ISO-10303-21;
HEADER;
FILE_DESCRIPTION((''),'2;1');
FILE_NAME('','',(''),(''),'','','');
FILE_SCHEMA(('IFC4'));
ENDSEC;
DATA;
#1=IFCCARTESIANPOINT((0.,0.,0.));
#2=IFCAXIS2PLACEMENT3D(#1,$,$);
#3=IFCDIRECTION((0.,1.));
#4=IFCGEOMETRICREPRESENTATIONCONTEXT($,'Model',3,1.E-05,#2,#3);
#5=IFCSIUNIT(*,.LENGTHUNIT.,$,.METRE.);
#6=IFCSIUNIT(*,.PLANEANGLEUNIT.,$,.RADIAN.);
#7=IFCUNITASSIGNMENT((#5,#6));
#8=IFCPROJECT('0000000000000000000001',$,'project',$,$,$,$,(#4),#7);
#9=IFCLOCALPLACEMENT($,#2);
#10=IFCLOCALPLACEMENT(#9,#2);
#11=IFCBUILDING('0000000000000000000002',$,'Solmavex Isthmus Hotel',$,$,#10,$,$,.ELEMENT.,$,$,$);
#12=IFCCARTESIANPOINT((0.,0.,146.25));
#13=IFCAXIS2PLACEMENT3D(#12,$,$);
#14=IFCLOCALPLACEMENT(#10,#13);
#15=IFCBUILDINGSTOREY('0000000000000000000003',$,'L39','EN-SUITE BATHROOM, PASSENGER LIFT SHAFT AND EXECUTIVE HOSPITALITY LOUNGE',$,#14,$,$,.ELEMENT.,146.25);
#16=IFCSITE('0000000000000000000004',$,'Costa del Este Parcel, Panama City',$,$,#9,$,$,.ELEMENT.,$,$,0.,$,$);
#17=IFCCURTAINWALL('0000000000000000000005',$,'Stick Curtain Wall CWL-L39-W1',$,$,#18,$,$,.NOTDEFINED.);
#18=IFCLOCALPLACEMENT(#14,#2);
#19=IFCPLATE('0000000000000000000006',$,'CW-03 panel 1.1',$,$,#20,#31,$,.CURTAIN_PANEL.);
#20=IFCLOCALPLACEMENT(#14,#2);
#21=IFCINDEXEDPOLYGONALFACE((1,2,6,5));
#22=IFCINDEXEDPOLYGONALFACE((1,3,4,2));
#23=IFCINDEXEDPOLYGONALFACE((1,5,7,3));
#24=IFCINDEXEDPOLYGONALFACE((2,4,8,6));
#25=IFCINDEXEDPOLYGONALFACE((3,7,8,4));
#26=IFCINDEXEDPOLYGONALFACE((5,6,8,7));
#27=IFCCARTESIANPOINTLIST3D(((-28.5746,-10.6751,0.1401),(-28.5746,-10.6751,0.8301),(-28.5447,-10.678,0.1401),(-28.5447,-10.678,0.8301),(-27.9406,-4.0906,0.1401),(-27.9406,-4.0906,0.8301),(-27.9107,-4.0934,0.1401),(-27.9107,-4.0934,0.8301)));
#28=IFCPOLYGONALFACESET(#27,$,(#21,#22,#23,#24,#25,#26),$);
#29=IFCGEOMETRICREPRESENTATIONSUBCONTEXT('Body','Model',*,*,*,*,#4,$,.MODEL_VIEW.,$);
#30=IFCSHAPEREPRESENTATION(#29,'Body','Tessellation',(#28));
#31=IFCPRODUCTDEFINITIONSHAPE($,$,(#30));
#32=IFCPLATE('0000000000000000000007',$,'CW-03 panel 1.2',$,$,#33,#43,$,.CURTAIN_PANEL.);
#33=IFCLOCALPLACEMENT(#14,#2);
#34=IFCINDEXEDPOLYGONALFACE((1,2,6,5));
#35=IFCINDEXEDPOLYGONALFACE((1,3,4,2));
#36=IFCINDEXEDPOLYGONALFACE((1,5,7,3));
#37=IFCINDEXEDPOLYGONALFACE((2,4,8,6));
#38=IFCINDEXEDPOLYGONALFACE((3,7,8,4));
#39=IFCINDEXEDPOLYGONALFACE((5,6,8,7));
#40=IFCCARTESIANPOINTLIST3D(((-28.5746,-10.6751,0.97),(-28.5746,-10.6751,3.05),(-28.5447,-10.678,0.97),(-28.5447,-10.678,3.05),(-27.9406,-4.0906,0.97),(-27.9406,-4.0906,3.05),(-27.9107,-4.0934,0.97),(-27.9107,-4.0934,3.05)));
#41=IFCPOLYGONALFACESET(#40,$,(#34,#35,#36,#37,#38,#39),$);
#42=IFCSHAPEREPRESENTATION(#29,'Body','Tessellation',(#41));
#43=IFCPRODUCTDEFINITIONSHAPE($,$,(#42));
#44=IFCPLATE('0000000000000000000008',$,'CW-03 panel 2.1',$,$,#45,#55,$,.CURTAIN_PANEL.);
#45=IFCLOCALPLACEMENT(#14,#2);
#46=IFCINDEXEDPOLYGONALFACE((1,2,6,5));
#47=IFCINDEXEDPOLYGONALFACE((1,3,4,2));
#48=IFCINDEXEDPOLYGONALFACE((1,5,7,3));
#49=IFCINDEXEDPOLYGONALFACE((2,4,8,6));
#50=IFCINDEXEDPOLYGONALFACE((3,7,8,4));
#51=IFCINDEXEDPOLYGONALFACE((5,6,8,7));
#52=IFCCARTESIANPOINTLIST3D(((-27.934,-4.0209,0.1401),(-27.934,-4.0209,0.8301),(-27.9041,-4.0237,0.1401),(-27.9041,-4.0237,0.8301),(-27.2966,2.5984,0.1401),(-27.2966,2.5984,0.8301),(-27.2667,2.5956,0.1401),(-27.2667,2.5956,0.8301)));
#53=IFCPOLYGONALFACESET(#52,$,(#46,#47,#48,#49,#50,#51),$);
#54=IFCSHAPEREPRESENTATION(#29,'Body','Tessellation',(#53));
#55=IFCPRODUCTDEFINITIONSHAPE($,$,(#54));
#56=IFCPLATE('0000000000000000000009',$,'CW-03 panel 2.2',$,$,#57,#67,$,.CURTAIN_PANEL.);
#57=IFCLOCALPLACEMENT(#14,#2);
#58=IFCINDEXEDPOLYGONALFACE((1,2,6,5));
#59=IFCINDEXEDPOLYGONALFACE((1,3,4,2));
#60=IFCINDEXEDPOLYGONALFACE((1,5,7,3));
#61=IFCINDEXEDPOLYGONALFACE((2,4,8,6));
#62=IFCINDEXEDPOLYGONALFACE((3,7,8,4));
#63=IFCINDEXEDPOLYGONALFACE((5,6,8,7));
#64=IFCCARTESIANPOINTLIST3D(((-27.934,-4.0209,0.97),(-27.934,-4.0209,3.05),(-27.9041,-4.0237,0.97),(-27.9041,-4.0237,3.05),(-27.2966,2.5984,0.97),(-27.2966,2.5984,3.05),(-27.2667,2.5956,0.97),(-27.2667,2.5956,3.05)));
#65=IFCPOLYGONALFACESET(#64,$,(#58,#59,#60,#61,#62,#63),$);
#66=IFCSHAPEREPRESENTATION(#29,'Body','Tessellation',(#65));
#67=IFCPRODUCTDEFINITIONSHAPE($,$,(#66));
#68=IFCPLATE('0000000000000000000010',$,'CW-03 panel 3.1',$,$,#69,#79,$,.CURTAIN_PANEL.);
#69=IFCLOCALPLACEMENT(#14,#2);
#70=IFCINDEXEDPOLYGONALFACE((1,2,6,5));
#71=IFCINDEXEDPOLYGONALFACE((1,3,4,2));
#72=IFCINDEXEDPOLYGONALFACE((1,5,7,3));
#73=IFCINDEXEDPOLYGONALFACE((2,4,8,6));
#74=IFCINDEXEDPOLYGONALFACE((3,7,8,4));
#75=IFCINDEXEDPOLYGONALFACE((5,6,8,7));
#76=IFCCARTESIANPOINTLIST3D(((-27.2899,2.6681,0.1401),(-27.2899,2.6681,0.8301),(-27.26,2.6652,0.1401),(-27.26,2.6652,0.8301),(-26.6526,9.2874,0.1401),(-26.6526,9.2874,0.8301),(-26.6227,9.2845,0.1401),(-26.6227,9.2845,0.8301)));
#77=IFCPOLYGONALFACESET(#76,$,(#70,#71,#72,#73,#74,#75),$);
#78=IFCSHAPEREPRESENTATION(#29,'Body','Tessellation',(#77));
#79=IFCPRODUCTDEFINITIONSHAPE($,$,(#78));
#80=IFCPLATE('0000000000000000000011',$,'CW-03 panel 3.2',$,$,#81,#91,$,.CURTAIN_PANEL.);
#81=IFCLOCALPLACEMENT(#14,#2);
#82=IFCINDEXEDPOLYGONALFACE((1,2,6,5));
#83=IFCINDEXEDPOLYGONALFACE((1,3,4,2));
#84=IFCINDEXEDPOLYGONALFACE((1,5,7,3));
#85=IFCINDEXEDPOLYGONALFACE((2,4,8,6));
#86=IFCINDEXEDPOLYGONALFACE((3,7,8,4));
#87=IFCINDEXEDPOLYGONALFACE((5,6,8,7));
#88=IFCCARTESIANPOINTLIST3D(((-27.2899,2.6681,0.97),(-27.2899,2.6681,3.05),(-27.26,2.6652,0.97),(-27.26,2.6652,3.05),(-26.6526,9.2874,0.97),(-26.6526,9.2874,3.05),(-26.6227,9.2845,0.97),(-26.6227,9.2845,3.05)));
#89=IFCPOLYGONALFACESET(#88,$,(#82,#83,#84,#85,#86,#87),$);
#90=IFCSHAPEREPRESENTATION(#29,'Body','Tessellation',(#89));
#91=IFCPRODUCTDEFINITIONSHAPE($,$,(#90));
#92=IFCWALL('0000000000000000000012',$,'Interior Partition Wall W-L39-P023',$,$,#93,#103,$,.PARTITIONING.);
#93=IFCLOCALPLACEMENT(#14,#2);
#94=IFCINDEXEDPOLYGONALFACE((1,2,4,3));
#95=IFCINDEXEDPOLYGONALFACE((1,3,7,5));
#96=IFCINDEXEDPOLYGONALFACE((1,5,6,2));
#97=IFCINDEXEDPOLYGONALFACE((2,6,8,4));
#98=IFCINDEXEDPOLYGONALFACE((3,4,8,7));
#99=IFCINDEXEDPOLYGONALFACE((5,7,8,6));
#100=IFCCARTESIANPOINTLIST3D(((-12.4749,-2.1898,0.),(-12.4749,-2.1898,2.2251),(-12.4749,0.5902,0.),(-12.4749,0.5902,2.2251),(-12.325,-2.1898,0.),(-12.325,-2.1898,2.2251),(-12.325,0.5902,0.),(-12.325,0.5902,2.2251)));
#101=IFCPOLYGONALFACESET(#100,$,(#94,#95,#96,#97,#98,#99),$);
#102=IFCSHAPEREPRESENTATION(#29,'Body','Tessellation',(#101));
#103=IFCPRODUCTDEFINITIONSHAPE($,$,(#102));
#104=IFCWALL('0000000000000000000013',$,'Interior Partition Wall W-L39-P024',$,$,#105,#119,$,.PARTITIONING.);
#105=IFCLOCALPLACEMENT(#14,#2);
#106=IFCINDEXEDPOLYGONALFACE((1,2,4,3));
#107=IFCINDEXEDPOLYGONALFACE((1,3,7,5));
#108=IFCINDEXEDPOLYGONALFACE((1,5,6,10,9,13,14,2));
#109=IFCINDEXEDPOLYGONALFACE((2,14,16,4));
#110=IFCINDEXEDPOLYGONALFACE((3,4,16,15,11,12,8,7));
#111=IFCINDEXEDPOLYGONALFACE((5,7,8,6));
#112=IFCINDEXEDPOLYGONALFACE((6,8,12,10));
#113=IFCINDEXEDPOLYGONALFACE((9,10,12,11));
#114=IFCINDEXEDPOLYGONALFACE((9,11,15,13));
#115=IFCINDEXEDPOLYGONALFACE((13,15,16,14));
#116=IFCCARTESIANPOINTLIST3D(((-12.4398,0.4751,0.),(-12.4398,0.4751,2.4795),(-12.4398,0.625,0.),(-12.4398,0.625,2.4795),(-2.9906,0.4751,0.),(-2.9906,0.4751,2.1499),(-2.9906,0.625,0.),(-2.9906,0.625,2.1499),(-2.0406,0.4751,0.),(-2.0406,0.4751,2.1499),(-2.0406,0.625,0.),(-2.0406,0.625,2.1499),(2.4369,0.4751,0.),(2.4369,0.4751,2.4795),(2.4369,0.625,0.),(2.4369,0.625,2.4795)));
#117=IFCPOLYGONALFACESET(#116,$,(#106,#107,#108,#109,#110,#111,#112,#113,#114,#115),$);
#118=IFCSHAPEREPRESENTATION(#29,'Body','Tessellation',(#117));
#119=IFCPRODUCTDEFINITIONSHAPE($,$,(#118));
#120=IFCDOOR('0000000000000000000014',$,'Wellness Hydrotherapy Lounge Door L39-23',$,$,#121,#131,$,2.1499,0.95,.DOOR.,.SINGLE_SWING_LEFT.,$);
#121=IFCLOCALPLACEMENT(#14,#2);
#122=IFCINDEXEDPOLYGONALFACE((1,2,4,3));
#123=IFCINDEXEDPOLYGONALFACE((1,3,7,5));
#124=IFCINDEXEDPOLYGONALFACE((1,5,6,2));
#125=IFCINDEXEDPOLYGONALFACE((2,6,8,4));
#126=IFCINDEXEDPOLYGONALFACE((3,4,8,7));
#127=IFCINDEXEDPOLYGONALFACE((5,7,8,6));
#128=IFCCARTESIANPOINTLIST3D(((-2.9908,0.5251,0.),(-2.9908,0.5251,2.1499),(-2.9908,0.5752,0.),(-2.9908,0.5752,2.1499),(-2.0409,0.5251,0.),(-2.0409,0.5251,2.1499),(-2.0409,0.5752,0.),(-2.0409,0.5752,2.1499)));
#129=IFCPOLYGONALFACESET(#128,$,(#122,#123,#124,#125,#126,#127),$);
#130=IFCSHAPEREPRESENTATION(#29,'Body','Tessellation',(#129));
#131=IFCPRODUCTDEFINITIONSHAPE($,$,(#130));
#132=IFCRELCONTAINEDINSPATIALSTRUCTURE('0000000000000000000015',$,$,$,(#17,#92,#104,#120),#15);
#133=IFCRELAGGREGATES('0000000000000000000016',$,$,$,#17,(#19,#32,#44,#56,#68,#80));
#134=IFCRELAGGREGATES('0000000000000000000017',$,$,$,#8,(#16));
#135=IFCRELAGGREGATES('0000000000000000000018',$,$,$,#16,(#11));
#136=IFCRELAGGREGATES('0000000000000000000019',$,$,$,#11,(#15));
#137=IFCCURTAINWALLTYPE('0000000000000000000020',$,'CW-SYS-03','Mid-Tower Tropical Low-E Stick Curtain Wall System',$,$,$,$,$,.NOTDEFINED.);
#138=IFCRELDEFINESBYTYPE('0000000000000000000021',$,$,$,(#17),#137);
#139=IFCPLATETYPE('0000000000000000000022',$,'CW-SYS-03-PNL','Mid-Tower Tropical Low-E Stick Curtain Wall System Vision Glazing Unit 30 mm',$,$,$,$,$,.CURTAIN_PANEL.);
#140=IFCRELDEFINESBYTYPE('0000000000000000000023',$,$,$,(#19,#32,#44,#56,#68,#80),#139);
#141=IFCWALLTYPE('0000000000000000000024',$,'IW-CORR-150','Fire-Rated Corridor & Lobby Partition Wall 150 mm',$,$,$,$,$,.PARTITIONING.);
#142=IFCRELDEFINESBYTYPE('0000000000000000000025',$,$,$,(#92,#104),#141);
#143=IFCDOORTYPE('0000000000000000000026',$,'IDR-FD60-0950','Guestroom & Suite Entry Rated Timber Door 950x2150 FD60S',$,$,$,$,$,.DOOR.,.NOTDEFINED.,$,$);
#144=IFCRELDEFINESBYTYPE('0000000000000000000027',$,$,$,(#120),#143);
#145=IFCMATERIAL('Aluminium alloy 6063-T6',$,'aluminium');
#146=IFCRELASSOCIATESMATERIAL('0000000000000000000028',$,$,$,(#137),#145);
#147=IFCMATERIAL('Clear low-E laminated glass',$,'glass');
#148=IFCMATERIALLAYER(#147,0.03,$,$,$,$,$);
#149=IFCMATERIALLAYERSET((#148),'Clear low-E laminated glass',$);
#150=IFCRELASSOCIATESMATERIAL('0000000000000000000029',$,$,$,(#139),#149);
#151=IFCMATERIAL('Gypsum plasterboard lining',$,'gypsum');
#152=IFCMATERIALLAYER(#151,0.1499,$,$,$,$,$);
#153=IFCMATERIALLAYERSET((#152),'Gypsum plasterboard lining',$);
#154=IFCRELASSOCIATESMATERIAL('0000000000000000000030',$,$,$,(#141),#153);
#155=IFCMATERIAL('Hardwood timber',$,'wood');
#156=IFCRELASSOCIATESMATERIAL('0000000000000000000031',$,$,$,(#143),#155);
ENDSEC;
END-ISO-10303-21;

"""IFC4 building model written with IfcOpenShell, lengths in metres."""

from ifc_helpers import new_model, si_unit, direction, frame, frame_2d, origin, origin_2d, place, context, subcontext, project, spatial, rectangle, extrude, material, layer, layer_set, type_object, element, fill, aggregate, save


model = new_model("IFC4")

# Units and contexts
model_context = context("Model", 3, precision=1e-05, world=origin(), true_north=direction((0.0, 1.0)))
body_context = subcontext(model_context, "Body", "Model", "MODEL_VIEW")
ifc_project = project(units=[si_unit("LENGTHUNIT", "METRE"), si_unit("PLANEANGLEUNIT", "RADIAN")], contexts=[model_context])

# Site, building, storey
site_placement = place(None, origin())
site = spatial("IfcSite", under=ifc_project, at=site_placement, Name="Costa del Este Parcel, Panama City", CompositionType="ELEMENT", RefElevation=0.0)
building_placement = place(site_placement, origin())
building = spatial("IfcBuilding", under=site, at=building_placement, Name="Solmavex Isthmus Hotel", CompositionType="ELEMENT")
storey_placement = place(building_placement, frame((0.0, 0.0, 146.25)))
storey = spatial("IfcBuildingStorey", under=building, at=storey_placement, Name="L39", Description="EN-SUITE BATHROOM, PASSENGER LIFT SHAFT AND EXECUTIVE HOSPITALITY LOUNGE", CompositionType="ELEMENT", Elevation=146.25)

# Curtain wall, plates
ifc_material_1 = material(Name="Aluminium alloy 6063-T6", Category="aluminium")
curtain_wall_type = type_object("IfcCurtainWallType", Name="CW-SYS-03", Description="Mid-Tower Tropical Low-E Stick Curtain Wall System", PredefinedType="NOTDEFINED", material=ifc_material_1)
curtain_wall_placement = place(storey_placement, origin())
curtain_wall = element("IfcCurtainWall", 1, at=curtain_wall_placement, inside=storey, type_object=curtain_wall_type, Name="Stick Curtain Wall CWL-L39-W1", PredefinedType="NOTDEFINED")
ifc_material_2 = material(Name="Clear low-E laminated glass", Category="glass")
ifc_layer_1 = layer(ifc_material_2, 0.03)
ifc_layer_set_1 = layer_set([ifc_layer_1], Name="Clear low-E laminated glass")
plate_type = type_object("IfcPlateType", Name="CW-SYS-03-PNL", Description="Mid-Tower Tropical Low-E Stick Curtain Wall System Vision Glazing Unit 30 mm", PredefinedType="CURTAIN_PANEL", material=ifc_layer_set_1)
plate_1_placement = place(storey_placement, frame((-28.2427, -7.3843, 0.1401), z_axis=(0.0, 0.0, 1.0), x_axis=(0.095846, 0.995396, 0.0)))
plate_1 = element("IfcPlate", 2, at=plate_1_placement, type_object=plate_type, Name="CW-03 panel 1.1", PredefinedType="CURTAIN_PANEL", context=body_context, shape_type="SweptSolid", body=[
    extrude(rectangle(XDim=6.615, YDim=0.03, at=origin_2d()), origin(), (0.0, 0.0, 1.0), 0.6899),
])
plate_2_placement = place(storey_placement, frame((-28.2427, -7.3843, 0.97), z_axis=(0.0, 0.0, 1.0), x_axis=(0.095846, 0.995396, 0.0)))
plate_2 = element("IfcPlate", 3, at=plate_2_placement, type_object=plate_type, Name="CW-03 panel 1.2", PredefinedType="CURTAIN_PANEL", context=body_context, shape_type="SweptSolid", body=[
    extrude(rectangle(XDim=6.615, YDim=0.03, at=origin_2d()), origin(), (0.0, 0.0, 1.0), 2.0801),
])
plate_3_placement = place(storey_placement, frame((-27.6003, -0.7126, 0.1401), z_axis=(0.0, 0.0, 1.0), x_axis=(0.095846, 0.995396, 0.0)))
plate_3 = element("IfcPlate", 4, at=plate_3_placement, type_object=plate_type, Name="CW-03 panel 2.1", PredefinedType="CURTAIN_PANEL", context=body_context, shape_type="SweptSolid", body=[
    extrude(rectangle(XDim=6.6499, YDim=0.03, at=origin_2d()), origin(), (0.0, 0.0, 1.0), 0.6899),
])
plate_4_placement = place(storey_placement, frame((-27.6003, -0.7126, 0.97), z_axis=(0.0, 0.0, 1.0), x_axis=(0.095846, 0.995396, 0.0)))
plate_4 = element("IfcPlate", 5, at=plate_4_placement, type_object=plate_type, Name="CW-03 panel 2.2", PredefinedType="CURTAIN_PANEL", context=body_context, shape_type="SweptSolid", body=[
    extrude(rectangle(XDim=6.6499, YDim=0.03, at=origin_2d()), origin(), (0.0, 0.0, 1.0), 2.0801),
])
plate_5_placement = place(storey_placement, frame((-26.9563, 5.9763, 0.1401), z_axis=(0.0, 0.0, 1.0), x_axis=(0.095846, 0.995396, 0.0)))
plate_5 = element("IfcPlate", 6, at=plate_5_placement, type_object=plate_type, Name="CW-03 panel 3.1", PredefinedType="CURTAIN_PANEL", context=body_context, shape_type="SweptSolid", body=[
    extrude(rectangle(XDim=6.6499, YDim=0.03, at=origin_2d()), origin(), (0.0, 0.0, 1.0), 0.6899),
])
plate_6_placement = place(storey_placement, frame((-26.9563, 5.9763, 0.97), z_axis=(0.0, 0.0, 1.0), x_axis=(0.095846, 0.995396, 0.0)))
plate_6 = element("IfcPlate", 7, at=plate_6_placement, type_object=plate_type, Name="CW-03 panel 3.2", PredefinedType="CURTAIN_PANEL", context=body_context, shape_type="SweptSolid", body=[
    extrude(rectangle(XDim=6.6499, YDim=0.03, at=origin_2d()), origin(), (0.0, 0.0, 1.0), 2.0801),
])
aggregate(curtain_wall, [plate_1, plate_2, plate_3, plate_4, plate_5, plate_6])

# Wall
ifc_material_3 = material(Name="Gypsum plasterboard lining", Category="gypsum")
ifc_layer_2 = layer(ifc_material_3, 0.1499)
ifc_layer_set_2 = layer_set([ifc_layer_2], Name="Gypsum plasterboard lining")
wall_type_1 = type_object("IfcWallType", Name="IW-CORR-150", Description="Fire-Rated Corridor & Lobby Partition Wall 150 mm", PredefinedType="PARTITIONING", material=ifc_layer_set_2)
wall_1_placement = place(storey_placement, frame((-12.3999, -2.1899, 0.0), z_axis=(0.0, 0.0, 1.0), x_axis=(0.0, 1.0, 0.0)))
element("IfcWall", 8, at=wall_1_placement, inside=storey, type_object=wall_type_1, Name="Interior Partition Wall W-L39-P023", PredefinedType="PARTITIONING", context=body_context, shape_type="SweptSolid", body=[
    extrude(rectangle(XDim=2.78, YDim=0.1499, at=frame_2d((1.3901, 0.0))), origin(), (0.0, 0.0, 1.0), 2.2251),
])

# Wall, opening, door
wall_2_placement = place(storey_placement, frame((-12.4399, 0.55, 0.0), z_axis=(0.0, 0.0, 1.0), x_axis=(1.0, 0.0, 0.0)))
wall_2 = element("IfcWall", 9, at=wall_2_placement, inside=storey, type_object=wall_type_1, Name="Interior Partition Wall W-L39-P024", PredefinedType="PARTITIONING", context=body_context, shape_type="SweptSolid", body=[
    extrude(rectangle(XDim=14.8767, YDim=0.1499, at=frame_2d((7.4385, 0.0))), origin(), (0.0, 0.0, 1.0), 2.4795),
])
opening_1_placement = place(wall_2_placement, frame((9.4492, 0.0, 0.0)))
opening_1 = element("IfcOpeningElement", 10, at=opening_1_placement, cuts=wall_2, PredefinedType="OPENING", context=body_context, shape_type="SweptSolid", body=[
    extrude(rectangle(XDim=0.95, YDim=2.1499, at=frame_2d((0.4751, 1.075))), frame((0.0, 0.085, 0.0), z_axis=(0.0, -1.0, 0.0), x_axis=(1.0, 0.0, 0.0)), (0.0, 0.0, 1.0), 0.1699),
])
ifc_material_4 = material(Name="Hardwood timber", Category="wood")
door_type_1 = type_object("IfcDoorType", Name="IDR-FD60-0950", Description="Guestroom & Suite Entry Rated Timber Door 950x2150 FD60S", OperationType="NOTDEFINED", PredefinedType="DOOR", material=ifc_material_4)
door_1_placement = place(opening_1_placement, frame((0.95, 0.0, 0.0), z_axis=(0.0, 0.0, 1.0), x_axis=(-1.0, 0.0, 0.0)))
door_1 = element("IfcDoor", 11, at=door_1_placement, inside=storey, type_object=door_type_1, Name="Wellness Hydrotherapy Lounge Door L39-23", OperationType="SINGLE_SWING_LEFT", OverallHeight=2.1499, OverallWidth=0.95, PredefinedType="DOOR", context=body_context, shape_type="SweptSolid", body=[
    extrude(rectangle(XDim=0.95, YDim=2.1499, at=frame_2d((0.4751, 1.075))), frame((0.0, 0.0249, 0.0), z_axis=(0.0, -1.0, 0.0), x_axis=(1.0, 0.0, 0.0)), (0.0, 0.0, 1.0), 0.05),
])
fill(opening_1, door_1)

save(model, "model.ifc")
